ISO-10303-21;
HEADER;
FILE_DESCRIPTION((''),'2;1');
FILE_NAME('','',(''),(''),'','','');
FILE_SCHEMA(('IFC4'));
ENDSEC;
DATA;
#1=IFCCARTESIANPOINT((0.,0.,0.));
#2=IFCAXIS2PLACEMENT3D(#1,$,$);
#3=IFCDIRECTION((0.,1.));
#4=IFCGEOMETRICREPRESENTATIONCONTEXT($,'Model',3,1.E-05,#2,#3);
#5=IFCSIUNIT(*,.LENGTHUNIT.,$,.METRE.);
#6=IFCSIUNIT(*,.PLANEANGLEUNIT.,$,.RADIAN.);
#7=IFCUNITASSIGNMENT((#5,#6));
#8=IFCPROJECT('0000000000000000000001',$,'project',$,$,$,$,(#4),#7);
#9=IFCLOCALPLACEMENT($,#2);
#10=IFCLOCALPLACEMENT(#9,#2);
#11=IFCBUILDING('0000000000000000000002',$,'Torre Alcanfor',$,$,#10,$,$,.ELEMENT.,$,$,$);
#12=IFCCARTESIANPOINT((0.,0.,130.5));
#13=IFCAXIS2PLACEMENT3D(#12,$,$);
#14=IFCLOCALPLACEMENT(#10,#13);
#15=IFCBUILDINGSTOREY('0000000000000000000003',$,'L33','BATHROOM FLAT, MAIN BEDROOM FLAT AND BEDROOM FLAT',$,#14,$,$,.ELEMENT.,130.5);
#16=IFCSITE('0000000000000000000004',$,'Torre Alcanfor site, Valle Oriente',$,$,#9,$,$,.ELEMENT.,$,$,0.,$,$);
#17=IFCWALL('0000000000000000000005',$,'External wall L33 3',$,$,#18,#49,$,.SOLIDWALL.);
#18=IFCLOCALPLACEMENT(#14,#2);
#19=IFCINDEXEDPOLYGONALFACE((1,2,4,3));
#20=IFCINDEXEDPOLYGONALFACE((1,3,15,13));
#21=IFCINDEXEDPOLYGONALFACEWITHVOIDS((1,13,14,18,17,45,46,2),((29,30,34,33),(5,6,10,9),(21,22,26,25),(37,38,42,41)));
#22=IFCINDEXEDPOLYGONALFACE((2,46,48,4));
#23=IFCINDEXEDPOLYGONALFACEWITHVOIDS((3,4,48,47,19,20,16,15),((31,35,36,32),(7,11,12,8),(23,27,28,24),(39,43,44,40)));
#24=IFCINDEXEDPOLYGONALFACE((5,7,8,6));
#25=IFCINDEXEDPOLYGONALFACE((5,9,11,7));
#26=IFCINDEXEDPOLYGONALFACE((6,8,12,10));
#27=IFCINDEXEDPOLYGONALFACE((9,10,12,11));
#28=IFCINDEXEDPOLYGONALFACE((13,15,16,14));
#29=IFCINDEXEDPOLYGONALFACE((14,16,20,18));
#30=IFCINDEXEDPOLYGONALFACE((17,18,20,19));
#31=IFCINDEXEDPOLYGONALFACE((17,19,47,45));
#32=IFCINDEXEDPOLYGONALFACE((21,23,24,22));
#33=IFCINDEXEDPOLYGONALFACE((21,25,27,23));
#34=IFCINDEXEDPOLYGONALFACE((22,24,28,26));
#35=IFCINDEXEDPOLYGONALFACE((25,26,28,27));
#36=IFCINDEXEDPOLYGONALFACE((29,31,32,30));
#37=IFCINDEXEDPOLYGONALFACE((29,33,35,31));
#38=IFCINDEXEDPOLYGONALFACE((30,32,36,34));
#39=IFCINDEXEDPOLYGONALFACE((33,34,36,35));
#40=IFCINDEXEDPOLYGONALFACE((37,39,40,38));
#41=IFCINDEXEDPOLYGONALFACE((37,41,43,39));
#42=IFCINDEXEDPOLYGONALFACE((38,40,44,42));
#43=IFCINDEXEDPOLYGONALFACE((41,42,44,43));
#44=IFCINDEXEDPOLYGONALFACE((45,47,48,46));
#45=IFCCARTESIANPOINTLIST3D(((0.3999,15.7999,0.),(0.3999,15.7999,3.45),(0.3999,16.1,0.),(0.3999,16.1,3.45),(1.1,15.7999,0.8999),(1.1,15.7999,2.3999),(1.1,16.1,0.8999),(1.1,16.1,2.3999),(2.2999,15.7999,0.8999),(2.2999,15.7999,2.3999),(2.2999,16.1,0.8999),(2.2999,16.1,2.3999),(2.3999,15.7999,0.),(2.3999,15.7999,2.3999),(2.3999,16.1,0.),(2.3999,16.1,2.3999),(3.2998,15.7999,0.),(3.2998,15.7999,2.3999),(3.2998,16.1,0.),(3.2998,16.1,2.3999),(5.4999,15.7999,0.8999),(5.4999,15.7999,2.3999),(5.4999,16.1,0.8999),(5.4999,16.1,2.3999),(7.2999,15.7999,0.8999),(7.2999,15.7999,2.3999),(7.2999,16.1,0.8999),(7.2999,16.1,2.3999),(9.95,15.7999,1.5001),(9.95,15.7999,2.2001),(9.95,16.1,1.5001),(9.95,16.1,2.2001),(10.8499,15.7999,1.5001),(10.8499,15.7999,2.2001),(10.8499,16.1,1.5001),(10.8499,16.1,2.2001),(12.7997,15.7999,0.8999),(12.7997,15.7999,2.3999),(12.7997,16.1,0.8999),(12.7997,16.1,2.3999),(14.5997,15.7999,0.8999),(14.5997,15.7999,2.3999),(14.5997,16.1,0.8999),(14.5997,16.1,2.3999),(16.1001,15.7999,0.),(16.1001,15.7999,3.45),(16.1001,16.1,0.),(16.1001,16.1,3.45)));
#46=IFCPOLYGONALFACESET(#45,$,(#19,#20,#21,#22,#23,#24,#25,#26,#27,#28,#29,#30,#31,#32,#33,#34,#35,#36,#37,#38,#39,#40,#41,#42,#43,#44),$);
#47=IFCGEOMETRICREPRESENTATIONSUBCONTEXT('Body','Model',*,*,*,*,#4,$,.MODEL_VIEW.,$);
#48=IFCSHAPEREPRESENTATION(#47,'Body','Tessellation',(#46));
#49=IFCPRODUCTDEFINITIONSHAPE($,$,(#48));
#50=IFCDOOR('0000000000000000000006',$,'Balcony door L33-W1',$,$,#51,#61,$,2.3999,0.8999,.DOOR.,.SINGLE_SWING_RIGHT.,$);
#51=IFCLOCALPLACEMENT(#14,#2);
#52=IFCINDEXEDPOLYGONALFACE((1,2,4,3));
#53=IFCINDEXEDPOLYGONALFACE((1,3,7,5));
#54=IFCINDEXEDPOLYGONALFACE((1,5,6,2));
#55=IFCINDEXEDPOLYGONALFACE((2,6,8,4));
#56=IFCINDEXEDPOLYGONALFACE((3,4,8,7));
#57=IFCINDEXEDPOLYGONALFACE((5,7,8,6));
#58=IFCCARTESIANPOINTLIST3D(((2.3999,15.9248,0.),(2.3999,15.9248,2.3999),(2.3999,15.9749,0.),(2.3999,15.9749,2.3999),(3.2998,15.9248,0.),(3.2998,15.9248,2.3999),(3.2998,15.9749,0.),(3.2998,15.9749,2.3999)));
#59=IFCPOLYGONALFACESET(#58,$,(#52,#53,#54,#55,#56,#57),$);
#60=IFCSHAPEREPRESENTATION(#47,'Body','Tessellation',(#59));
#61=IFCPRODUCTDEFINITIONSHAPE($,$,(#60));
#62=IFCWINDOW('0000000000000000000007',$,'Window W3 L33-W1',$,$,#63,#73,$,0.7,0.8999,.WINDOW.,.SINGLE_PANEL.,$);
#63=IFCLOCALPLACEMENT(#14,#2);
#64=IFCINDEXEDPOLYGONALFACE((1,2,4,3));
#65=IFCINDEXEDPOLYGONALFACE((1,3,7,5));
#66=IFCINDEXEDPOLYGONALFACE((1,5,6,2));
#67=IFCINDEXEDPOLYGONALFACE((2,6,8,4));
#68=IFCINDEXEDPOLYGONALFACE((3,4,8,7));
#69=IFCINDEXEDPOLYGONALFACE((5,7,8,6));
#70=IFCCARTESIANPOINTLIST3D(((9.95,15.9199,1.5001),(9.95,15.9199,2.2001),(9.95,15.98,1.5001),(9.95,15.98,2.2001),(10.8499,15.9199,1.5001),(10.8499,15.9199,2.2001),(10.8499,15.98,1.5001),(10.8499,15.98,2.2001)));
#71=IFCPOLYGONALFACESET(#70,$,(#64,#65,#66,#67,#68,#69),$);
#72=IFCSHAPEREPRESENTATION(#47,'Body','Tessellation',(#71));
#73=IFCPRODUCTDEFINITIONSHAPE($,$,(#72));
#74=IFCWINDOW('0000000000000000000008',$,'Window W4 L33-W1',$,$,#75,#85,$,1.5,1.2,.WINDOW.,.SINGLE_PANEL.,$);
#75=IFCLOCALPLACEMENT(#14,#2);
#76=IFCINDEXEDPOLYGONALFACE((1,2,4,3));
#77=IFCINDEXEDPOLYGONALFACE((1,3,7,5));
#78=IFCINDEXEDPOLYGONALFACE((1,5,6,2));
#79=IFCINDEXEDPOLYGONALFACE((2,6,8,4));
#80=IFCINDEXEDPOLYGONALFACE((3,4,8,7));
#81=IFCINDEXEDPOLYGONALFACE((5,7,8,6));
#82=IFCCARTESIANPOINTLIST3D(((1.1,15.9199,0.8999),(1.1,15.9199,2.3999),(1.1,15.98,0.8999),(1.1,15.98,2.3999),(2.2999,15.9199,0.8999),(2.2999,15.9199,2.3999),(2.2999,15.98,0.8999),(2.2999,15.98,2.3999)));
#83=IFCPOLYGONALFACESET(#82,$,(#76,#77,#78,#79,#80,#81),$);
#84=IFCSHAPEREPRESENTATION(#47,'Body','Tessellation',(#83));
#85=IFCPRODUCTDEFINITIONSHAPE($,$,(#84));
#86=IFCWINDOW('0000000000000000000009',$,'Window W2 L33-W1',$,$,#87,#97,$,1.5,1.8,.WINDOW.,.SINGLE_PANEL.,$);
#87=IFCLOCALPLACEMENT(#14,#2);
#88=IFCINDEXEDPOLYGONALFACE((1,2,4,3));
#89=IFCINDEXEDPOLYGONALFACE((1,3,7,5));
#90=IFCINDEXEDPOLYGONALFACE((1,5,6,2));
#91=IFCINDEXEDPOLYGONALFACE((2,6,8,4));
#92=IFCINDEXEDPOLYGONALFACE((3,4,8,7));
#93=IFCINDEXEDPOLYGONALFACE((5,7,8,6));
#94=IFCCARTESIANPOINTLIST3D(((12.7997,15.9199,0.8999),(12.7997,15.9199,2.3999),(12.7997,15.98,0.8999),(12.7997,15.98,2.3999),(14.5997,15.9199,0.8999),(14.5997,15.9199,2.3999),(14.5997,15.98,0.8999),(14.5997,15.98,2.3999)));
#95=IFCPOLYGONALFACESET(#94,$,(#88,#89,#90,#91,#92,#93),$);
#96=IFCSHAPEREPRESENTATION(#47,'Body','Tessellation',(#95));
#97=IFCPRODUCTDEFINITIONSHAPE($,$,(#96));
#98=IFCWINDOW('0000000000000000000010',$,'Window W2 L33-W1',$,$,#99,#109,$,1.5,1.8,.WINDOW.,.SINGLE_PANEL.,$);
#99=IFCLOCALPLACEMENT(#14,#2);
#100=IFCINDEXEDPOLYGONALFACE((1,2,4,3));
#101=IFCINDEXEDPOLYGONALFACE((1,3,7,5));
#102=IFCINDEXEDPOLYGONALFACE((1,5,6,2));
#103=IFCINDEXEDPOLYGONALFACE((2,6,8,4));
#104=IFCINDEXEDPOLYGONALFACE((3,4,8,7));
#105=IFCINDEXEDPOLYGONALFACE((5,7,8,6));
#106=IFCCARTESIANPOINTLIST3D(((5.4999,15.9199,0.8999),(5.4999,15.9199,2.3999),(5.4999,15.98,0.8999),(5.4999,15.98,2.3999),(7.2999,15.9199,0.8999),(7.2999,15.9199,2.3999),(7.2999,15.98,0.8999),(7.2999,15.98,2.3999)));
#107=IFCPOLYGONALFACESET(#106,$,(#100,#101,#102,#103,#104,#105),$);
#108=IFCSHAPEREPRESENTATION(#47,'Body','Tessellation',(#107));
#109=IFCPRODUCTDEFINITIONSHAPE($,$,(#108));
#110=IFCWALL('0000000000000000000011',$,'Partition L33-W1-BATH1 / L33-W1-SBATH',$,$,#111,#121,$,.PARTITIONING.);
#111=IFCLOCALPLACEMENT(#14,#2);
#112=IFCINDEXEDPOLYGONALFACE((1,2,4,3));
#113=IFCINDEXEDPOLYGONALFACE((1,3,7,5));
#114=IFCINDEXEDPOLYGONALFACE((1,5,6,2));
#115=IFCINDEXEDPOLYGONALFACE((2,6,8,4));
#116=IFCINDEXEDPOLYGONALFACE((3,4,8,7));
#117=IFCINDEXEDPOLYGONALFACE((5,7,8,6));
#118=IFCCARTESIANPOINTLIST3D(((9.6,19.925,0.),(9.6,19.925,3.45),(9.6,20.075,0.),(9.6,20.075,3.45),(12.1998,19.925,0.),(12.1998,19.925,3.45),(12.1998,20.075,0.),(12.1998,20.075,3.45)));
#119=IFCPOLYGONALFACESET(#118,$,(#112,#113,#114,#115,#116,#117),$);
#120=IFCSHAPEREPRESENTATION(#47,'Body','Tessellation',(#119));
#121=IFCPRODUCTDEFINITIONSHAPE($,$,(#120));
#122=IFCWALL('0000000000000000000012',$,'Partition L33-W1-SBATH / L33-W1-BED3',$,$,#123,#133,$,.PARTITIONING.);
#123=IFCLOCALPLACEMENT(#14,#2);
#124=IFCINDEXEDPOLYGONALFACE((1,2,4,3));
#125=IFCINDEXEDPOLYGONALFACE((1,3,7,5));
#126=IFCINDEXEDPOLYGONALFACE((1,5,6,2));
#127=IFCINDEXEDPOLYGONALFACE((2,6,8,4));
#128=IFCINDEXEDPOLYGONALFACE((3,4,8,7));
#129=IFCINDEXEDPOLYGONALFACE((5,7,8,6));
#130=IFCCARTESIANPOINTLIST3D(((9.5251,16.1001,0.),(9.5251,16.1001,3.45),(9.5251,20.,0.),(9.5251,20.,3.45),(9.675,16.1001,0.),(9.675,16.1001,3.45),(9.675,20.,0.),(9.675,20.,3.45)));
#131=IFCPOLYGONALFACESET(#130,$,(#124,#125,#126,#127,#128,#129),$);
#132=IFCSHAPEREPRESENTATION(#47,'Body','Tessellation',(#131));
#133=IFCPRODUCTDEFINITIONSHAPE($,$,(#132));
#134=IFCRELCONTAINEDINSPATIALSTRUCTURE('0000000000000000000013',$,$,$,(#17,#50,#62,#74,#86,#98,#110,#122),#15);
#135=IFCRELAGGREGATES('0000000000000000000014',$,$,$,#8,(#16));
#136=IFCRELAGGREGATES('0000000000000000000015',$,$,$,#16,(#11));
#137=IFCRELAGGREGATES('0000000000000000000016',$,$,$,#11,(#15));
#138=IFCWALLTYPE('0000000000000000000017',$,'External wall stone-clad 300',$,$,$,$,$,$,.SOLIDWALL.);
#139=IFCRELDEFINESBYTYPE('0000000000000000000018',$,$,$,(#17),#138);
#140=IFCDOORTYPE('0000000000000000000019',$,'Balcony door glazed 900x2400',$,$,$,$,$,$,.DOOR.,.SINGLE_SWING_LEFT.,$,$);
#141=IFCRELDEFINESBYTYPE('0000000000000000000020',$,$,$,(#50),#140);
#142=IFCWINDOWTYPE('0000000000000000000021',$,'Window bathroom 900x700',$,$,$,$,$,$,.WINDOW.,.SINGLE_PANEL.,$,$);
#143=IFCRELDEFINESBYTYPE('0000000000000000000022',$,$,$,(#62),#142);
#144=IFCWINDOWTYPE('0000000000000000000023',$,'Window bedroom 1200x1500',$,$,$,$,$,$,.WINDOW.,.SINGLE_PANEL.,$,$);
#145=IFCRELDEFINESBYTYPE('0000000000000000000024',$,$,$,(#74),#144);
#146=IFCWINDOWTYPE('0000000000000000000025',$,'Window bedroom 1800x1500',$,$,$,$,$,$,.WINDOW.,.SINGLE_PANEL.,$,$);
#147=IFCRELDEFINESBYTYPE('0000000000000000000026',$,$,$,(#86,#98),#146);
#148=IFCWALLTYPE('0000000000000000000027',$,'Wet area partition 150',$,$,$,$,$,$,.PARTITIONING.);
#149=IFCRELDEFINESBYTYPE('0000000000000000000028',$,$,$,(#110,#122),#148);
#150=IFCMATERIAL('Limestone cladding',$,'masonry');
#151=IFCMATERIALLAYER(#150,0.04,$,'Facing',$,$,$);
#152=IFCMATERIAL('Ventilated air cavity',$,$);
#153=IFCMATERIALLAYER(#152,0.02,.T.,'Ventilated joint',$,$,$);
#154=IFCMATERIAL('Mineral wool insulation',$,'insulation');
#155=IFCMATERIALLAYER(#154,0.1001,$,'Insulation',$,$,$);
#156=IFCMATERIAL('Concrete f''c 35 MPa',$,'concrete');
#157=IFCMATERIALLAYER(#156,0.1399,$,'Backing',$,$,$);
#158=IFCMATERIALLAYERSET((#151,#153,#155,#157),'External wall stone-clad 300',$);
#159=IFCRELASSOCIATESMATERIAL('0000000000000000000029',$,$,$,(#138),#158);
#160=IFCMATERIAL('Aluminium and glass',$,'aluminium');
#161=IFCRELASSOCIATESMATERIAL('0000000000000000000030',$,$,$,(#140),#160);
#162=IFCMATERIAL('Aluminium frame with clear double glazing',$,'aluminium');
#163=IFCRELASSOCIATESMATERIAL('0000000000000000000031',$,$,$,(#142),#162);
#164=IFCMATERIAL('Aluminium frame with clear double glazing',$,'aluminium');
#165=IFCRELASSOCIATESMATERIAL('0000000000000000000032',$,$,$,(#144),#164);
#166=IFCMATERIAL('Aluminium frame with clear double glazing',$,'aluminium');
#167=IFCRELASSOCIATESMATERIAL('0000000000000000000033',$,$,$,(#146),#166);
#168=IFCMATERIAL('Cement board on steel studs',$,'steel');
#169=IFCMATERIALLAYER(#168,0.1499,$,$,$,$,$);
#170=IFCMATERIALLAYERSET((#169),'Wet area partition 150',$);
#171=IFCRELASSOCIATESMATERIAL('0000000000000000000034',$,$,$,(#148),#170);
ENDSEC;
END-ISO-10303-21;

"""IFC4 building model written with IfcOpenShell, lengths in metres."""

from ifc_helpers import new_model, si_unit, direction, frame, frame_2d, origin, place, context, subcontext, project, spatial, rectangle, extrude, material, layer, layer_set, type_object, element, fill, save


model = new_model("IFC4")

# Units and contexts
model_context = context("Model", 3, precision=1e-05, world=origin(), true_north=direction((0.0, 1.0)))
body_context = subcontext(model_context, "Body", "Model", "MODEL_VIEW")
ifc_project = project(units=[si_unit("LENGTHUNIT", "METRE"), si_unit("PLANEANGLEUNIT", "RADIAN")], contexts=[model_context])

# Site, building, storey
site_placement = place(None, origin())
site = spatial("IfcSite", under=ifc_project, at=site_placement, Name="Torre Alcanfor site, Valle Oriente", CompositionType="ELEMENT", RefElevation=0.0)
building_placement = place(site_placement, origin())
building = spatial("IfcBuilding", under=site, at=building_placement, Name="Torre Alcanfor", CompositionType="ELEMENT")
storey_placement = place(building_placement, frame((0.0, 0.0, 130.5)))
storey = spatial("IfcBuildingStorey", under=building, at=storey_placement, Name="L33", Description="BATHROOM FLAT, MAIN BEDROOM FLAT AND BEDROOM FLAT", CompositionType="ELEMENT", Elevation=130.5)

# Wall, openings, door, windows
ifc_material_1 = material(Name="Limestone cladding", Category="masonry")
ifc_layer_1 = layer(ifc_material_1, 0.04, Name="Facing")
ifc_material_2 = material(Name="Ventilated air cavity")
ifc_layer_2 = layer(ifc_material_2, 0.02, ventilated=True, Name="Ventilated joint")
ifc_material_3 = material(Name="Mineral wool insulation", Category="insulation")
ifc_layer_3 = layer(ifc_material_3, 0.1001, Name="Insulation")
ifc_material_4 = material(Name="Concrete f'c 35 MPa", Category="concrete")
ifc_layer_4 = layer(ifc_material_4, 0.1399, Name="Backing")
ifc_layer_set_1 = layer_set([ifc_layer_1, ifc_layer_2, ifc_layer_3, ifc_layer_4], Name="External wall stone-clad 300")
wall_type_1 = type_object("IfcWallType", Name="External wall stone-clad 300", PredefinedType="SOLIDWALL", material=ifc_layer_set_1)
wall_1_placement = place(storey_placement, frame((0.3999, 15.95, 0.0), z_axis=(0.0, 0.0, 1.0), x_axis=(1.0, 0.0, 0.0)))
wall_1 = element("IfcWall", 1, at=wall_1_placement, inside=storey, type_object=wall_type_1, Name="External wall L33 3", PredefinedType="SOLIDWALL", context=body_context, shape_type="SweptSolid", body=[
    extrude(rectangle(XDim=15.7002, YDim=0.3, at=frame_2d((7.8501, 0.0))), origin(), (0.0, 0.0, 1.0), 3.45),
])
opening_1_placement = place(wall_1_placement, frame((12.3999, 0.0, 0.8999)))
opening_1 = element("IfcOpeningElement", 2, at=opening_1_placement, cuts=wall_1, PredefinedType="OPENING", context=body_context, shape_type="SweptSolid", body=[
    extrude(rectangle(XDim=1.8, YDim=1.5, at=frame_2d((0.8999, 0.75))), frame((0.0, 0.1599, 0.0), z_axis=(0.0, -1.0, 0.0), x_axis=(1.0, 0.0, 0.0)), (0.0, 0.0, 1.0), 0.3201),
])
opening_2_placement = place(wall_1_placement, frame((9.55, 0.0, 1.5)))
opening_2 = element("IfcOpeningElement", 3, at=opening_2_placement, cuts=wall_1, PredefinedType="OPENING", context=body_context, shape_type="SweptSolid", body=[
    extrude(rectangle(XDim=0.8999, YDim=0.7, at=frame_2d((0.45, 0.3501))), frame((0.0, 0.1599, 0.0), z_axis=(0.0, -1.0, 0.0), x_axis=(1.0, 0.0, 0.0)), (0.0, 0.0, 1.0), 0.3201),
])
opening_3_placement = place(wall_1_placement, frame((5.1001, 0.0, 0.8999)))
opening_3 = element("IfcOpeningElement", 4, at=opening_3_placement, cuts=wall_1, PredefinedType="OPENING", context=body_context, shape_type="SweptSolid", body=[
    extrude(rectangle(XDim=1.8, YDim=1.5, at=frame_2d((0.8999, 0.75))), frame((0.0, 0.1599, 0.0), z_axis=(0.0, -1.0, 0.0), x_axis=(1.0, 0.0, 0.0)), (0.0, 0.0, 1.0), 0.3201),
])
opening_4_placement = place(wall_1_placement, frame((2.0, 0.0, 0.0)))
opening_4 = element("IfcOpeningElement", 5, at=opening_4_placement, cuts=wall_1, PredefinedType="OPENING", context=body_context, shape_type="SweptSolid", body=[
    extrude(rectangle(XDim=0.8999, YDim=2.3999, at=frame_2d((0.45, 1.2))), frame((0.0, 0.1599, 0.0), z_axis=(0.0, -1.0, 0.0), x_axis=(1.0, 0.0, 0.0)), (0.0, 0.0, 1.0), 0.3201),
])
opening_5_placement = place(wall_1_placement, frame((0.7, 0.0, 0.8999)))
opening_5 = element("IfcOpeningElement", 6, at=opening_5_placement, cuts=wall_1, PredefinedType="OPENING", context=body_context, shape_type="SweptSolid", body=[
    extrude(rectangle(XDim=1.2, YDim=1.5, at=frame_2d((0.6001, 0.75))), frame((0.0, 0.1599, 0.0), z_axis=(0.0, -1.0, 0.0), x_axis=(1.0, 0.0, 0.0)), (0.0, 0.0, 1.0), 0.3201),
])
ifc_material_5 = material(Name="Aluminium and glass", Category="aluminium")
door_type = type_object("IfcDoorType", Name="Balcony door glazed 900x2400", OperationType="SINGLE_SWING_LEFT", PredefinedType="DOOR", material=ifc_material_5)
door_placement = place(opening_4_placement, origin())
door = element("IfcDoor", 7, at=door_placement, inside=storey, type_object=door_type, Name="Balcony door L33-W1", OperationType="SINGLE_SWING_RIGHT", OverallHeight=2.3999, OverallWidth=0.8999, PredefinedType="DOOR", context=body_context, shape_type="SweptSolid", body=[
    extrude(rectangle(XDim=0.8999, YDim=2.3999, at=frame_2d((0.45, 1.2))), frame((0.0, 0.0249, 0.0), z_axis=(0.0, -1.0, 0.0), x_axis=(1.0, 0.0, 0.0)), (0.0, 0.0, 1.0), 0.05),
])
fill(opening_4, door)
ifc_material_6 = material(Name="Aluminium frame with clear double glazing", Category="aluminium")
window_type_1 = type_object("IfcWindowType", Name="Window bathroom 900x700", PartitioningType="SINGLE_PANEL", PredefinedType="WINDOW", material=ifc_material_6)
window_1_placement = place(opening_2_placement, origin())
window_1 = element("IfcWindow", 8, at=window_1_placement, inside=storey, type_object=window_type_1, Name="Window W3 L33-W1", OverallHeight=0.7, OverallWidth=0.8999, PartitioningType="SINGLE_PANEL", PredefinedType="WINDOW", context=body_context, shape_type="SweptSolid", body=[
    extrude(rectangle(XDim=0.8999, YDim=0.7, at=frame_2d((0.45, 0.3501))), frame((0.0, 0.03, 0.0), z_axis=(0.0, -1.0, 0.0), x_axis=(1.0, 0.0, 0.0)), (0.0, 0.0, 1.0), 0.0601),
])
fill(opening_2, window_1)
ifc_material_7 = material(Name="Aluminium frame with clear double glazing", Category="aluminium")
window_type_2 = type_object("IfcWindowType", Name="Window bedroom 1200x1500", PartitioningType="SINGLE_PANEL", PredefinedType="WINDOW", material=ifc_material_7)
window_2_placement = place(opening_5_placement, origin())
window_2 = element("IfcWindow", 9, at=window_2_placement, inside=storey, type_object=window_type_2, Name="Window W4 L33-W1", OverallHeight=1.5, OverallWidth=1.2, PartitioningType="SINGLE_PANEL", PredefinedType="WINDOW", context=body_context, shape_type="SweptSolid", body=[
    extrude(rectangle(XDim=1.2, YDim=1.5, at=frame_2d((0.6001, 0.75))), frame((0.0, 0.03, 0.0), z_axis=(0.0, -1.0, 0.0), x_axis=(1.0, 0.0, 0.0)), (0.0, 0.0, 1.0), 0.0601),
])
fill(opening_5, window_2)
ifc_material_8 = material(Name="Aluminium frame with clear double glazing", Category="aluminium")
window_type_3 = type_object("IfcWindowType", Name="Window bedroom 1800x1500", PartitioningType="SINGLE_PANEL", PredefinedType="WINDOW", material=ifc_material_8)
window_3_placement = place(opening_1_placement, origin())
window_3 = element("IfcWindow", 10, at=window_3_placement, inside=storey, type_object=window_type_3, Name="Window W2 L33-W1", OverallHeight=1.5, OverallWidth=1.8, PartitioningType="SINGLE_PANEL", PredefinedType="WINDOW", context=body_context, shape_type="SweptSolid", body=[
    extrude(rectangle(XDim=1.8, YDim=1.5, at=frame_2d((0.8999, 0.75))), frame((0.0, 0.03, 0.0), z_axis=(0.0, -1.0, 0.0), x_axis=(1.0, 0.0, 0.0)), (0.0, 0.0, 1.0), 0.0601),
])
fill(opening_1, window_3)
window_4_placement = place(opening_3_placement, origin())
window_4 = element("IfcWindow", 11, at=window_4_placement, inside=storey, type_object=window_type_3, Name="Window W2 L33-W1", OverallHeight=1.5, OverallWidth=1.8, PartitioningType="SINGLE_PANEL", PredefinedType="WINDOW", context=body_context, shape_type="SweptSolid", body=[
    extrude(rectangle(XDim=1.8, YDim=1.5, at=frame_2d((0.8999, 0.75))), frame((0.0, 0.03, 0.0), z_axis=(0.0, -1.0, 0.0), x_axis=(1.0, 0.0, 0.0)), (0.0, 0.0, 1.0), 0.0601),
])
fill(opening_3, window_4)

# Walls
ifc_material_9 = material(Name="Cement board on steel studs", Category="steel")
ifc_layer_5 = layer(ifc_material_9, 0.1499)
ifc_layer_set_2 = layer_set([ifc_layer_5], Name="Wet area partition 150")
wall_type_2 = type_object("IfcWallType", Name="Wet area partition 150", PredefinedType="PARTITIONING", material=ifc_layer_set_2)
wall_2_placement = place(storey_placement, frame((9.6001, 20.0, 0.0), z_axis=(0.0, 0.0, 1.0), x_axis=(1.0, 0.0, 0.0)))
element("IfcWall", 12, at=wall_2_placement, inside=storey, type_object=wall_type_2, Name="Partition L33-W1-BATH1 / L33-W1-SBATH", PredefinedType="PARTITIONING", context=body_context, shape_type="SweptSolid", body=[
    extrude(rectangle(XDim=2.5999, YDim=0.1499, at=frame_2d((1.2998, 0.0))), origin(), (0.0, 0.0, 1.0), 3.45),
])
wall_3_placement = place(storey_placement, frame((9.6001, 20.0, 0.0), z_axis=(0.0, 0.0, 1.0), x_axis=(0.0, -1.0, 0.0)))
element("IfcWall", 13, at=wall_3_placement, inside=storey, type_object=wall_type_2, Name="Partition L33-W1-SBATH / L33-W1-BED3", PredefinedType="PARTITIONING", context=body_context, shape_type="SweptSolid", body=[
    extrude(rectangle(XDim=3.8999, YDim=0.1499, at=frame_2d((1.95, 0.0))), origin(), (0.0, 0.0, 1.0), 3.45),
])

save(model, "model.ifc")
